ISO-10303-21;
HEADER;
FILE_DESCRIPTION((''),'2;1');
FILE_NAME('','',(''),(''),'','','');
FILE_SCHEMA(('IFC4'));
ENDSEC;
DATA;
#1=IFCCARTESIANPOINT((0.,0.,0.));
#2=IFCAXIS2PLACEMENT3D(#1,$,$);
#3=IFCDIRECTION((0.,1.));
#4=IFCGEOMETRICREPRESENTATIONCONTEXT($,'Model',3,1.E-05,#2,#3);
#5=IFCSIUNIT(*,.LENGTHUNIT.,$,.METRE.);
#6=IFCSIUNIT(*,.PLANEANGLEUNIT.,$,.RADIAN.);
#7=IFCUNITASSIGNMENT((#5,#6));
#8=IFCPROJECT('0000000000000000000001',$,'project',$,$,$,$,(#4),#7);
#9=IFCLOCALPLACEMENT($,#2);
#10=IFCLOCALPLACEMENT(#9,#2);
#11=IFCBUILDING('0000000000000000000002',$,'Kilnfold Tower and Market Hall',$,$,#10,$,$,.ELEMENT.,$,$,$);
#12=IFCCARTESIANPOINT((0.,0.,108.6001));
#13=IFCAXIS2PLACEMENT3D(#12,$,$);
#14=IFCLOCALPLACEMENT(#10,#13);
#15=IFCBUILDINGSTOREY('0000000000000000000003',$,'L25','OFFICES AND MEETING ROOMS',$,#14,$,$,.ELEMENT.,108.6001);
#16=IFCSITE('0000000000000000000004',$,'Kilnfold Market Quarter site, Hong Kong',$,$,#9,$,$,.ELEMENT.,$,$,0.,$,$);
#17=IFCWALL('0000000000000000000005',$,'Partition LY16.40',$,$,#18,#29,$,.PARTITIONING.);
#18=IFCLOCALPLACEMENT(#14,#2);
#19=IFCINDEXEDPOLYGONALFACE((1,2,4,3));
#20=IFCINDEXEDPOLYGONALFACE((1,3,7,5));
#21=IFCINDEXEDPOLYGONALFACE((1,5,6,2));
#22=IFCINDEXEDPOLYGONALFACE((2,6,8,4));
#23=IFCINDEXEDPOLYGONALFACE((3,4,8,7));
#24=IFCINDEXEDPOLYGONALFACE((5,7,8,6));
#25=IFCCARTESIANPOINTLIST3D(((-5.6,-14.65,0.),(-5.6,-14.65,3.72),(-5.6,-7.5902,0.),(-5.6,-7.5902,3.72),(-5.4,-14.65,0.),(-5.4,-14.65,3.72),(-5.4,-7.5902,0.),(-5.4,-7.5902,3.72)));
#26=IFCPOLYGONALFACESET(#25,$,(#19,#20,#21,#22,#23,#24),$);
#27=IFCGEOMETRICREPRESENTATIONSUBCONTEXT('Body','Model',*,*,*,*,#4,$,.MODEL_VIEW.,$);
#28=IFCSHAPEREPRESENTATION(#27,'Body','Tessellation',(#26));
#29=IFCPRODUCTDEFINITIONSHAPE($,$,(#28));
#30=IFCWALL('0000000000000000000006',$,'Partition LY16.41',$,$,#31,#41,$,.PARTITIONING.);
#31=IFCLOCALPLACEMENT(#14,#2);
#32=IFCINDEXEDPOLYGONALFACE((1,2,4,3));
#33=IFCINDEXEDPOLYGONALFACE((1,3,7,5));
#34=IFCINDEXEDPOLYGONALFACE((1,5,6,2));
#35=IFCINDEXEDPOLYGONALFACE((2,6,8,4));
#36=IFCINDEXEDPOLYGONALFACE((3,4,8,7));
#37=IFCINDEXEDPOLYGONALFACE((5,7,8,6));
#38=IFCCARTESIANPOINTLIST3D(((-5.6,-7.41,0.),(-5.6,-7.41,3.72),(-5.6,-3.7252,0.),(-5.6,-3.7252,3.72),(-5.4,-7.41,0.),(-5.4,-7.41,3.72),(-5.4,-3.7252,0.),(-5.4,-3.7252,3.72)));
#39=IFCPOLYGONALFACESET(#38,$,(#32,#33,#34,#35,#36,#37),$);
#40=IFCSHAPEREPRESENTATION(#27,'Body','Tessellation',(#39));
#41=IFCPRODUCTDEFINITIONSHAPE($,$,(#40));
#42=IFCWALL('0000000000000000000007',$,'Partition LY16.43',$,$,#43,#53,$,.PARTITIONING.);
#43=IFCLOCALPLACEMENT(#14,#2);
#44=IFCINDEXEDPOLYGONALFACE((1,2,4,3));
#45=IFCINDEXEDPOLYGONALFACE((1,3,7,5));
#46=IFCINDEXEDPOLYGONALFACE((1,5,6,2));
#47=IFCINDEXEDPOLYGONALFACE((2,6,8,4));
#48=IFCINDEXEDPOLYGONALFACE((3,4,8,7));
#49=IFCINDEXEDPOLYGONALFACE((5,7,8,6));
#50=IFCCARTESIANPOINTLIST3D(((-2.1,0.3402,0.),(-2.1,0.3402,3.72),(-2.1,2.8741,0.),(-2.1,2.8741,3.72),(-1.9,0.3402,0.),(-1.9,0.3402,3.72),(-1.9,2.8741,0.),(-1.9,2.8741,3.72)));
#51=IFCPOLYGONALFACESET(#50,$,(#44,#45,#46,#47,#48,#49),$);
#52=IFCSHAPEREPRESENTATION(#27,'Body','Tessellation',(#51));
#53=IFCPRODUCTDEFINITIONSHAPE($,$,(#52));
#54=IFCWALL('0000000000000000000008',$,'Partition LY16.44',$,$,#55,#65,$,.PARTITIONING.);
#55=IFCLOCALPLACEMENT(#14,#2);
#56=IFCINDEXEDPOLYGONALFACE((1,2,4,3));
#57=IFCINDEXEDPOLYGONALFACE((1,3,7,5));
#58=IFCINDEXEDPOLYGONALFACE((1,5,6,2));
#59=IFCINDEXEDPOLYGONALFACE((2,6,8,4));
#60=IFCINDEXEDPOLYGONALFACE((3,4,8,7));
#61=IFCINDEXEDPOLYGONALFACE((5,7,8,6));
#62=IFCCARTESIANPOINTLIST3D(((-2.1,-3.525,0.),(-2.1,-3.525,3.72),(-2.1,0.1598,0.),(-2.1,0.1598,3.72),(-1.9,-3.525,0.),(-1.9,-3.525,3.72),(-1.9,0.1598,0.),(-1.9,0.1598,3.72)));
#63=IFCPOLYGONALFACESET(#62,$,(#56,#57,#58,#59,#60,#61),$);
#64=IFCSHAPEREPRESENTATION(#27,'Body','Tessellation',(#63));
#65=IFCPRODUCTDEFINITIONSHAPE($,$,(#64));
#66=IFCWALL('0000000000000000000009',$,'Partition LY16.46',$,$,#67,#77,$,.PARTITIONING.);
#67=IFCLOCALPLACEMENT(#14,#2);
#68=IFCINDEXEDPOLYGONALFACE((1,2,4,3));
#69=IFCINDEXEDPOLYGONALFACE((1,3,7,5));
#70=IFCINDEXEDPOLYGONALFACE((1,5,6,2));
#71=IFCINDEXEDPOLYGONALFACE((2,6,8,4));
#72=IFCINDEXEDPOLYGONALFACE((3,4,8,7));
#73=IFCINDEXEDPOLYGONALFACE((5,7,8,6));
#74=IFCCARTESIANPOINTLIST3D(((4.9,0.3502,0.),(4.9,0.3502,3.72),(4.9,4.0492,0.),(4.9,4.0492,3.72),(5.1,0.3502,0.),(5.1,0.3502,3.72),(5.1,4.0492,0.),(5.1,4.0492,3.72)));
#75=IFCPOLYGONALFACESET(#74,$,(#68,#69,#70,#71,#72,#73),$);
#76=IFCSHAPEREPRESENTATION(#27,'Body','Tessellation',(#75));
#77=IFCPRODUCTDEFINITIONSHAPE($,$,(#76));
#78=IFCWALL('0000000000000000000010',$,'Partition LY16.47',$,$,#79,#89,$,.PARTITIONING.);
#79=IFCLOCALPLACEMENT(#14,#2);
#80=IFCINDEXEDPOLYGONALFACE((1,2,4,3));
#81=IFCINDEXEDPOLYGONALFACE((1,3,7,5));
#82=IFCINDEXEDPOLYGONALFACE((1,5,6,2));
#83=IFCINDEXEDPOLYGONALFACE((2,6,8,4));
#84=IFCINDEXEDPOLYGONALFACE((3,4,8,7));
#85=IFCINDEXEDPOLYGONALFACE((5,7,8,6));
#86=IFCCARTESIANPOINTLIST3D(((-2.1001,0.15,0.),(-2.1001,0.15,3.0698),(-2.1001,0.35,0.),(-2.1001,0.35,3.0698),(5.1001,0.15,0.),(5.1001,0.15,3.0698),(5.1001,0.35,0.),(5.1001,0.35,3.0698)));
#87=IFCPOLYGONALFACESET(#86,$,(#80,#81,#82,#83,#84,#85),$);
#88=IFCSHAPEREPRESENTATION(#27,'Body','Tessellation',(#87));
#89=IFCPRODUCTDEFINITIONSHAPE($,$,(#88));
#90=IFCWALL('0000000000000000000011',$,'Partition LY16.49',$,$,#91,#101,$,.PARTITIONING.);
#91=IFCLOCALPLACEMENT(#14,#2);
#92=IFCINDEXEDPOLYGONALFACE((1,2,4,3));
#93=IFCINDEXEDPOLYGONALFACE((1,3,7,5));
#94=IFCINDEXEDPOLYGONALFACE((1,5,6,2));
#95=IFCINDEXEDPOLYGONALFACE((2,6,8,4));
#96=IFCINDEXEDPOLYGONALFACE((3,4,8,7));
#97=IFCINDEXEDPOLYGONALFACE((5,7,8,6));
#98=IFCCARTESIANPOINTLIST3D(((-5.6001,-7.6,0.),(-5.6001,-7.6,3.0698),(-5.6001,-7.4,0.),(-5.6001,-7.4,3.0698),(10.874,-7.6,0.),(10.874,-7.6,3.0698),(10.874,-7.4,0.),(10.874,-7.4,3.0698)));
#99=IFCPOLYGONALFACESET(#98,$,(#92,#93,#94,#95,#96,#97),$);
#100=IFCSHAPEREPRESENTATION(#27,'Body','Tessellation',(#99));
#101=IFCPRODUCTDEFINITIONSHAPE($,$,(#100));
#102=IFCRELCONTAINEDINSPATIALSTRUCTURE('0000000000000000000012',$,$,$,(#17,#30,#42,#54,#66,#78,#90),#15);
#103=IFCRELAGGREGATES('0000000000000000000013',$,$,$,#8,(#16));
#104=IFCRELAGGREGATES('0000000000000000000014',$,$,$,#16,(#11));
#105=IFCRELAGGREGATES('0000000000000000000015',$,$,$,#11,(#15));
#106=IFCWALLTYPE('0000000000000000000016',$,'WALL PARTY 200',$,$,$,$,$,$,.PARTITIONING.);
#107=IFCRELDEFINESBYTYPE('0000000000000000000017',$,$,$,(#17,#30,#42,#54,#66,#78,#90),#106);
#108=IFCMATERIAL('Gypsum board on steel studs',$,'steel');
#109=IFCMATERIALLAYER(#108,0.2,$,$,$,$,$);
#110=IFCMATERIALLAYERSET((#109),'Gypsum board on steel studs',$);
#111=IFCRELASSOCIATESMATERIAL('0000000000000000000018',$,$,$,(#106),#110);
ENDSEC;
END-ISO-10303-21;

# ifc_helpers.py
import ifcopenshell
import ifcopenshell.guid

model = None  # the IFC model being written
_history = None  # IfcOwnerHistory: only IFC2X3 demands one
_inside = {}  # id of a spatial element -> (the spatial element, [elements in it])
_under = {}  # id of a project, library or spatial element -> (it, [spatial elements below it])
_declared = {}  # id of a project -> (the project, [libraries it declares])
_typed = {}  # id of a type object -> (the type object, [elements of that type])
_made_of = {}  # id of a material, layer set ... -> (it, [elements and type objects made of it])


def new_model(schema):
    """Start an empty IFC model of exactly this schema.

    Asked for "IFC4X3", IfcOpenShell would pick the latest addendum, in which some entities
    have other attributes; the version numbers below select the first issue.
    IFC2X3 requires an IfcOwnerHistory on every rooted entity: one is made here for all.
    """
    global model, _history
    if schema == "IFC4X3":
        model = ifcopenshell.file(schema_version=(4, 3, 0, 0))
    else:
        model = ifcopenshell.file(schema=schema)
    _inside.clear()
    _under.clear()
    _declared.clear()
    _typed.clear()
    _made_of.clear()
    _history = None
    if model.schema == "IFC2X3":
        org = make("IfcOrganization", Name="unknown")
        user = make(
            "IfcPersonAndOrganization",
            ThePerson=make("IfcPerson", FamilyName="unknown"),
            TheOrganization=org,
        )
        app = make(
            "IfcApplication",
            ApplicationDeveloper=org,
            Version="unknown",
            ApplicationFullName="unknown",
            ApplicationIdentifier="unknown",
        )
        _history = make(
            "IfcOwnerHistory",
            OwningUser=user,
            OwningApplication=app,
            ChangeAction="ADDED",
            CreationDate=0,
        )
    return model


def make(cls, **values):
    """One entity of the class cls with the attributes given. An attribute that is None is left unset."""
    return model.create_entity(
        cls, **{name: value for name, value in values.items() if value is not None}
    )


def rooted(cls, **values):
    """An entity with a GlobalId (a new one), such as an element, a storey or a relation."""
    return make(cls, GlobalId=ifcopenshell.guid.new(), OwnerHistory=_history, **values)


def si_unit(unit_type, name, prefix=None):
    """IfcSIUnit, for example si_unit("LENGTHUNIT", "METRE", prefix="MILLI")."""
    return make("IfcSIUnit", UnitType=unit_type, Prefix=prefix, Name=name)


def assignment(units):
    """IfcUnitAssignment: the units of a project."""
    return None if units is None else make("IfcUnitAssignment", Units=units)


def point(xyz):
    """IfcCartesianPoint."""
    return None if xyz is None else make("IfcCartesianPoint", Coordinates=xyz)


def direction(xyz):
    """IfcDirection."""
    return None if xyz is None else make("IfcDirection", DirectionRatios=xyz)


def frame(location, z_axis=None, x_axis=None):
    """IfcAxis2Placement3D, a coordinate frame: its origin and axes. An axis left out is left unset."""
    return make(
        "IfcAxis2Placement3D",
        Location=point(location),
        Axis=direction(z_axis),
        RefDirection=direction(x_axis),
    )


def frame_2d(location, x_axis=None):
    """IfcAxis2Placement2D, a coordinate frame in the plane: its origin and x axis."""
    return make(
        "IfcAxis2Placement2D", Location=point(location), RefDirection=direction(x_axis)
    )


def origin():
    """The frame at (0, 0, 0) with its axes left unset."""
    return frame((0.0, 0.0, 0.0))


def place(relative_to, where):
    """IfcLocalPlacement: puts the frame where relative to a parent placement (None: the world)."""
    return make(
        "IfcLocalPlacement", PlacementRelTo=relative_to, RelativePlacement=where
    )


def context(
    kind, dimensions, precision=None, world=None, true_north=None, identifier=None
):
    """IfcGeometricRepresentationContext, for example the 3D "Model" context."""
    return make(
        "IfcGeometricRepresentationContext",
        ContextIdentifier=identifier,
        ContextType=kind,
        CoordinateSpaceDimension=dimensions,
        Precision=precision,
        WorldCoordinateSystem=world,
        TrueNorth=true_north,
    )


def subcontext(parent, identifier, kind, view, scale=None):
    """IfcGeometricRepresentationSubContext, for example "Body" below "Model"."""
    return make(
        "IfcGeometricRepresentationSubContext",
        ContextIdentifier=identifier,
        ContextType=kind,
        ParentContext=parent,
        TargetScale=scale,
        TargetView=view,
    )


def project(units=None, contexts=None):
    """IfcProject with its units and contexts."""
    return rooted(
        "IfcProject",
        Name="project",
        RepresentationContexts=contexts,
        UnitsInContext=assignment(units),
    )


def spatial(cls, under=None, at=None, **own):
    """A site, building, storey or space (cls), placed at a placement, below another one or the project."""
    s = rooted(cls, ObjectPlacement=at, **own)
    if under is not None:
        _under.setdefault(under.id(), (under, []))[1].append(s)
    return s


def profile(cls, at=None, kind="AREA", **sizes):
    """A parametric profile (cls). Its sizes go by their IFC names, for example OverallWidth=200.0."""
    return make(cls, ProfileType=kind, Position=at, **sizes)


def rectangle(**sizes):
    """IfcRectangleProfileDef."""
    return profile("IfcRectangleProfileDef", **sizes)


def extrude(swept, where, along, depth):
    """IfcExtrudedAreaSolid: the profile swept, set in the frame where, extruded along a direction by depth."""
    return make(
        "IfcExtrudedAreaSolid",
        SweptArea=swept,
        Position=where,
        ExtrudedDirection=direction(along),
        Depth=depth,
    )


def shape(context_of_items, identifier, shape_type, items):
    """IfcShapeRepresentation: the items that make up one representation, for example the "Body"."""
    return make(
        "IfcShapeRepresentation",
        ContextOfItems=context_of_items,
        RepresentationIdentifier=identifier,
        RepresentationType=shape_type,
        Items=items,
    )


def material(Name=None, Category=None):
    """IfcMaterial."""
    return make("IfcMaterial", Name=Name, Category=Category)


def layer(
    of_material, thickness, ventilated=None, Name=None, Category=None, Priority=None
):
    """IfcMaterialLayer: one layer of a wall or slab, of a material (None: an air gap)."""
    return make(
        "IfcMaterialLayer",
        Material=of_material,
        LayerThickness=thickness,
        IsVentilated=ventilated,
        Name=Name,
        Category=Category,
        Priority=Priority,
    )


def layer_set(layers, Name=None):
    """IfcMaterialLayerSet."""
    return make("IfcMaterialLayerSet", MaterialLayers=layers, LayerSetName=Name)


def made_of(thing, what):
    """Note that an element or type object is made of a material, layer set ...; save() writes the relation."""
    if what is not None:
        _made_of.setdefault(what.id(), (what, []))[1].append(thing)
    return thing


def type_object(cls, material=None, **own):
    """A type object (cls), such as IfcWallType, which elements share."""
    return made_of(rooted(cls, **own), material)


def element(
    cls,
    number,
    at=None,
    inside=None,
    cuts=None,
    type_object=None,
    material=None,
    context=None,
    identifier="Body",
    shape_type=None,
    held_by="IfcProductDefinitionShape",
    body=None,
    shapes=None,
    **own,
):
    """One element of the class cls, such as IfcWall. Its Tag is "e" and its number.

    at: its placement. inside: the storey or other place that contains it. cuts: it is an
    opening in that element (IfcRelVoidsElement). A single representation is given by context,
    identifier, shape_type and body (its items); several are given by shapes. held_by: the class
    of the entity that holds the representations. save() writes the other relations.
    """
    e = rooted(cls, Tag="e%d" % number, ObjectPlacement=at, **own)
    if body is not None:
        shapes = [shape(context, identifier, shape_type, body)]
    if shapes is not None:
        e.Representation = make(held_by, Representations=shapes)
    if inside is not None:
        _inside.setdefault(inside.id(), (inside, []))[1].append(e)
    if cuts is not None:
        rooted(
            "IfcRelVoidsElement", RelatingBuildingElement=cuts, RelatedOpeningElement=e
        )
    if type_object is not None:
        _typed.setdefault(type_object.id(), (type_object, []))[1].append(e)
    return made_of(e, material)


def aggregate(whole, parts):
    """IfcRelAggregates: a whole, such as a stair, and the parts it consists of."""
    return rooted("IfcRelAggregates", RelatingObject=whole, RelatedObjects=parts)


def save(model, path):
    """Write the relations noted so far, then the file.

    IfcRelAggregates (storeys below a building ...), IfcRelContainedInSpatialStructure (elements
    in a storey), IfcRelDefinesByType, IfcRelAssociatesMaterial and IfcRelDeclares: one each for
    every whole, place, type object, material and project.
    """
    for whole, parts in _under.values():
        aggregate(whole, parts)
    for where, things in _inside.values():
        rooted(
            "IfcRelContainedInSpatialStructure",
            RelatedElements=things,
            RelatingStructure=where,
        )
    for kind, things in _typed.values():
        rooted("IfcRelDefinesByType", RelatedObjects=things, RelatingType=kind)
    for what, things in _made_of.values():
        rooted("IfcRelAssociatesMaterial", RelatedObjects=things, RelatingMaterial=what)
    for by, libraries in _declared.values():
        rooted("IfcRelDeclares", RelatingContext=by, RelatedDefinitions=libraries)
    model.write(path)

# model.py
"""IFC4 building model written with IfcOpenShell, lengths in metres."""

from ifc_helpers import new_model, si_unit, direction, frame, frame_2d, origin, place, context, subcontext, project, spatial, rectangle, extrude, material, layer, layer_set, type_object, element, save


model = new_model("IFC4")

# Units and contexts
model_context = context("Model", 3, precision=1e-05, world=origin(), true_north=direction((0.0, 1.0)))
body_context = subcontext(model_context, "Body", "Model", "MODEL_VIEW")
ifc_project = project(units=[si_unit("LENGTHUNIT", "METRE"), si_unit("PLANEANGLEUNIT", "RADIAN")], contexts=[model_context])

# Site, building, storey
site_placement = place(None, origin())
site = spatial("IfcSite", under=ifc_project, at=site_placement, Name="Kilnfold Market Quarter site, Hong Kong", CompositionType="ELEMENT", RefElevation=0.0)
building_placement = place(site_placement, origin())
building = spatial("IfcBuilding", under=site, at=building_placement, Name="Kilnfold Tower and Market Hall", CompositionType="ELEMENT")
storey_placement = place(building_placement, frame((0.0, 0.0, 108.6001)))
storey = spatial("IfcBuildingStorey", under=building, at=storey_placement, Name="L25", Description="OFFICES AND MEETING ROOMS", CompositionType="ELEMENT", Elevation=108.6001)

# Walls
ifc_material_1 = material(Name="Gypsum board on steel studs", Category="steel")
ifc_layer_1 = layer(ifc_material_1, 0.2)
ifc_layer_set_1 = layer_set([ifc_layer_1], Name="Gypsum board on steel studs")
wall_type_1 = type_object("IfcWallType", Name="WALL PARTY 200", PredefinedType="PARTITIONING", material=ifc_layer_set_1)
wall_1_placement = place(storey_placement, frame((-5.5, -14.6499, 0.0), z_axis=(0.0, 0.0, 1.0), x_axis=(0.0, 1.0, 0.0)))
element("IfcWall", 1, at=wall_1_placement, inside=storey, type_object=wall_type_1, Name="Partition LY16.40", PredefinedType="PARTITIONING", context=body_context, shape_type="SweptSolid", body=[
    extrude(rectangle(XDim=7.0598, YDim=0.2, at=frame_2d((3.5298, 0.0))), origin(), (0.0, 0.0, 1.0), 3.72),
])
wall_2_placement = place(storey_placement, frame((-5.5, -7.4099, 0.0), z_axis=(0.0, 0.0, 1.0), x_axis=(0.0, 1.0, 0.0)))
element("IfcWall", 2, at=wall_2_placement, inside=storey, type_object=wall_type_1, Name="Partition LY16.41", PredefinedType="PARTITIONING", context=body_context, shape_type="SweptSolid", body=[
    extrude(rectangle(XDim=3.6848, YDim=0.2, at=frame_2d((1.8423, 0.0))), origin(), (0.0, 0.0, 1.0), 3.72),
])
wall_3_placement = place(storey_placement, frame((-2.0, 0.3401, 0.0), z_axis=(0.0, 0.0, 1.0), x_axis=(0.0, 1.0, 0.0)))
element("IfcWall", 3, at=wall_3_placement, inside=storey, type_object=wall_type_1, Name="Partition LY16.43", PredefinedType="PARTITIONING", context=body_context, shape_type="SweptSolid", body=[
    extrude(rectangle(XDim=2.5339, YDim=0.2, at=frame_2d((1.2671, 0.0))), origin(), (0.0, 0.0, 1.0), 3.72),
])
wall_4_placement = place(storey_placement, frame((-2.0, -3.5249, 0.0), z_axis=(0.0, 0.0, 1.0), x_axis=(0.0, 1.0, 0.0)))
element("IfcWall", 4, at=wall_4_placement, inside=storey, type_object=wall_type_1, Name="Partition LY16.44", PredefinedType="PARTITIONING", context=body_context, shape_type="SweptSolid", body=[
    extrude(rectangle(XDim=3.6848, YDim=0.2, at=frame_2d((1.8423, 0.0))), origin(), (0.0, 0.0, 1.0), 3.72),
])
wall_5_placement = place(storey_placement, frame((5.0, 0.3501, 0.0), z_axis=(0.0, 0.0, 1.0), x_axis=(0.0, 1.0, 0.0)))
element("IfcWall", 5, at=wall_5_placement, inside=storey, type_object=wall_type_1, Name="Partition LY16.46", PredefinedType="PARTITIONING", context=body_context, shape_type="SweptSolid", body=[
    extrude(rectangle(XDim=3.699, YDim=0.2, at=frame_2d((1.8496, 0.0))), origin(), (0.0, 0.0, 1.0), 3.72),
])
wall_6_placement = place(storey_placement, frame((-2.1001, 0.25, 0.0), z_axis=(0.0, 0.0, 1.0), x_axis=(1.0, 0.0, 0.0)))
element("IfcWall", 6, at=wall_6_placement, inside=storey, type_object=wall_type_1, Name="Partition LY16.47", PredefinedType="PARTITIONING", context=body_context, shape_type="SweptSolid", body=[
    extrude(rectangle(XDim=7.2002, YDim=0.2, at=frame_2d((3.6001, 0.0))), origin(), (0.0, 0.0, 1.0), 3.0698),
])
wall_7_placement = place(storey_placement, frame((-5.6001, -7.5, 0.0), z_axis=(0.0, 0.0, 1.0), x_axis=(1.0, 0.0, 0.0)))
element("IfcWall", 7, at=wall_7_placement, inside=storey, type_object=wall_type_1, Name="Partition LY16.49", PredefinedType="PARTITIONING", context=body_context, shape_type="SweptSolid", body=[
    extrude(rectangle(XDim=16.4741, YDim=0.2, at=frame_2d((8.2371, 0.0))), origin(), (0.0, 0.0, 1.0), 3.0698),
])

save(model, "model.ifc")
